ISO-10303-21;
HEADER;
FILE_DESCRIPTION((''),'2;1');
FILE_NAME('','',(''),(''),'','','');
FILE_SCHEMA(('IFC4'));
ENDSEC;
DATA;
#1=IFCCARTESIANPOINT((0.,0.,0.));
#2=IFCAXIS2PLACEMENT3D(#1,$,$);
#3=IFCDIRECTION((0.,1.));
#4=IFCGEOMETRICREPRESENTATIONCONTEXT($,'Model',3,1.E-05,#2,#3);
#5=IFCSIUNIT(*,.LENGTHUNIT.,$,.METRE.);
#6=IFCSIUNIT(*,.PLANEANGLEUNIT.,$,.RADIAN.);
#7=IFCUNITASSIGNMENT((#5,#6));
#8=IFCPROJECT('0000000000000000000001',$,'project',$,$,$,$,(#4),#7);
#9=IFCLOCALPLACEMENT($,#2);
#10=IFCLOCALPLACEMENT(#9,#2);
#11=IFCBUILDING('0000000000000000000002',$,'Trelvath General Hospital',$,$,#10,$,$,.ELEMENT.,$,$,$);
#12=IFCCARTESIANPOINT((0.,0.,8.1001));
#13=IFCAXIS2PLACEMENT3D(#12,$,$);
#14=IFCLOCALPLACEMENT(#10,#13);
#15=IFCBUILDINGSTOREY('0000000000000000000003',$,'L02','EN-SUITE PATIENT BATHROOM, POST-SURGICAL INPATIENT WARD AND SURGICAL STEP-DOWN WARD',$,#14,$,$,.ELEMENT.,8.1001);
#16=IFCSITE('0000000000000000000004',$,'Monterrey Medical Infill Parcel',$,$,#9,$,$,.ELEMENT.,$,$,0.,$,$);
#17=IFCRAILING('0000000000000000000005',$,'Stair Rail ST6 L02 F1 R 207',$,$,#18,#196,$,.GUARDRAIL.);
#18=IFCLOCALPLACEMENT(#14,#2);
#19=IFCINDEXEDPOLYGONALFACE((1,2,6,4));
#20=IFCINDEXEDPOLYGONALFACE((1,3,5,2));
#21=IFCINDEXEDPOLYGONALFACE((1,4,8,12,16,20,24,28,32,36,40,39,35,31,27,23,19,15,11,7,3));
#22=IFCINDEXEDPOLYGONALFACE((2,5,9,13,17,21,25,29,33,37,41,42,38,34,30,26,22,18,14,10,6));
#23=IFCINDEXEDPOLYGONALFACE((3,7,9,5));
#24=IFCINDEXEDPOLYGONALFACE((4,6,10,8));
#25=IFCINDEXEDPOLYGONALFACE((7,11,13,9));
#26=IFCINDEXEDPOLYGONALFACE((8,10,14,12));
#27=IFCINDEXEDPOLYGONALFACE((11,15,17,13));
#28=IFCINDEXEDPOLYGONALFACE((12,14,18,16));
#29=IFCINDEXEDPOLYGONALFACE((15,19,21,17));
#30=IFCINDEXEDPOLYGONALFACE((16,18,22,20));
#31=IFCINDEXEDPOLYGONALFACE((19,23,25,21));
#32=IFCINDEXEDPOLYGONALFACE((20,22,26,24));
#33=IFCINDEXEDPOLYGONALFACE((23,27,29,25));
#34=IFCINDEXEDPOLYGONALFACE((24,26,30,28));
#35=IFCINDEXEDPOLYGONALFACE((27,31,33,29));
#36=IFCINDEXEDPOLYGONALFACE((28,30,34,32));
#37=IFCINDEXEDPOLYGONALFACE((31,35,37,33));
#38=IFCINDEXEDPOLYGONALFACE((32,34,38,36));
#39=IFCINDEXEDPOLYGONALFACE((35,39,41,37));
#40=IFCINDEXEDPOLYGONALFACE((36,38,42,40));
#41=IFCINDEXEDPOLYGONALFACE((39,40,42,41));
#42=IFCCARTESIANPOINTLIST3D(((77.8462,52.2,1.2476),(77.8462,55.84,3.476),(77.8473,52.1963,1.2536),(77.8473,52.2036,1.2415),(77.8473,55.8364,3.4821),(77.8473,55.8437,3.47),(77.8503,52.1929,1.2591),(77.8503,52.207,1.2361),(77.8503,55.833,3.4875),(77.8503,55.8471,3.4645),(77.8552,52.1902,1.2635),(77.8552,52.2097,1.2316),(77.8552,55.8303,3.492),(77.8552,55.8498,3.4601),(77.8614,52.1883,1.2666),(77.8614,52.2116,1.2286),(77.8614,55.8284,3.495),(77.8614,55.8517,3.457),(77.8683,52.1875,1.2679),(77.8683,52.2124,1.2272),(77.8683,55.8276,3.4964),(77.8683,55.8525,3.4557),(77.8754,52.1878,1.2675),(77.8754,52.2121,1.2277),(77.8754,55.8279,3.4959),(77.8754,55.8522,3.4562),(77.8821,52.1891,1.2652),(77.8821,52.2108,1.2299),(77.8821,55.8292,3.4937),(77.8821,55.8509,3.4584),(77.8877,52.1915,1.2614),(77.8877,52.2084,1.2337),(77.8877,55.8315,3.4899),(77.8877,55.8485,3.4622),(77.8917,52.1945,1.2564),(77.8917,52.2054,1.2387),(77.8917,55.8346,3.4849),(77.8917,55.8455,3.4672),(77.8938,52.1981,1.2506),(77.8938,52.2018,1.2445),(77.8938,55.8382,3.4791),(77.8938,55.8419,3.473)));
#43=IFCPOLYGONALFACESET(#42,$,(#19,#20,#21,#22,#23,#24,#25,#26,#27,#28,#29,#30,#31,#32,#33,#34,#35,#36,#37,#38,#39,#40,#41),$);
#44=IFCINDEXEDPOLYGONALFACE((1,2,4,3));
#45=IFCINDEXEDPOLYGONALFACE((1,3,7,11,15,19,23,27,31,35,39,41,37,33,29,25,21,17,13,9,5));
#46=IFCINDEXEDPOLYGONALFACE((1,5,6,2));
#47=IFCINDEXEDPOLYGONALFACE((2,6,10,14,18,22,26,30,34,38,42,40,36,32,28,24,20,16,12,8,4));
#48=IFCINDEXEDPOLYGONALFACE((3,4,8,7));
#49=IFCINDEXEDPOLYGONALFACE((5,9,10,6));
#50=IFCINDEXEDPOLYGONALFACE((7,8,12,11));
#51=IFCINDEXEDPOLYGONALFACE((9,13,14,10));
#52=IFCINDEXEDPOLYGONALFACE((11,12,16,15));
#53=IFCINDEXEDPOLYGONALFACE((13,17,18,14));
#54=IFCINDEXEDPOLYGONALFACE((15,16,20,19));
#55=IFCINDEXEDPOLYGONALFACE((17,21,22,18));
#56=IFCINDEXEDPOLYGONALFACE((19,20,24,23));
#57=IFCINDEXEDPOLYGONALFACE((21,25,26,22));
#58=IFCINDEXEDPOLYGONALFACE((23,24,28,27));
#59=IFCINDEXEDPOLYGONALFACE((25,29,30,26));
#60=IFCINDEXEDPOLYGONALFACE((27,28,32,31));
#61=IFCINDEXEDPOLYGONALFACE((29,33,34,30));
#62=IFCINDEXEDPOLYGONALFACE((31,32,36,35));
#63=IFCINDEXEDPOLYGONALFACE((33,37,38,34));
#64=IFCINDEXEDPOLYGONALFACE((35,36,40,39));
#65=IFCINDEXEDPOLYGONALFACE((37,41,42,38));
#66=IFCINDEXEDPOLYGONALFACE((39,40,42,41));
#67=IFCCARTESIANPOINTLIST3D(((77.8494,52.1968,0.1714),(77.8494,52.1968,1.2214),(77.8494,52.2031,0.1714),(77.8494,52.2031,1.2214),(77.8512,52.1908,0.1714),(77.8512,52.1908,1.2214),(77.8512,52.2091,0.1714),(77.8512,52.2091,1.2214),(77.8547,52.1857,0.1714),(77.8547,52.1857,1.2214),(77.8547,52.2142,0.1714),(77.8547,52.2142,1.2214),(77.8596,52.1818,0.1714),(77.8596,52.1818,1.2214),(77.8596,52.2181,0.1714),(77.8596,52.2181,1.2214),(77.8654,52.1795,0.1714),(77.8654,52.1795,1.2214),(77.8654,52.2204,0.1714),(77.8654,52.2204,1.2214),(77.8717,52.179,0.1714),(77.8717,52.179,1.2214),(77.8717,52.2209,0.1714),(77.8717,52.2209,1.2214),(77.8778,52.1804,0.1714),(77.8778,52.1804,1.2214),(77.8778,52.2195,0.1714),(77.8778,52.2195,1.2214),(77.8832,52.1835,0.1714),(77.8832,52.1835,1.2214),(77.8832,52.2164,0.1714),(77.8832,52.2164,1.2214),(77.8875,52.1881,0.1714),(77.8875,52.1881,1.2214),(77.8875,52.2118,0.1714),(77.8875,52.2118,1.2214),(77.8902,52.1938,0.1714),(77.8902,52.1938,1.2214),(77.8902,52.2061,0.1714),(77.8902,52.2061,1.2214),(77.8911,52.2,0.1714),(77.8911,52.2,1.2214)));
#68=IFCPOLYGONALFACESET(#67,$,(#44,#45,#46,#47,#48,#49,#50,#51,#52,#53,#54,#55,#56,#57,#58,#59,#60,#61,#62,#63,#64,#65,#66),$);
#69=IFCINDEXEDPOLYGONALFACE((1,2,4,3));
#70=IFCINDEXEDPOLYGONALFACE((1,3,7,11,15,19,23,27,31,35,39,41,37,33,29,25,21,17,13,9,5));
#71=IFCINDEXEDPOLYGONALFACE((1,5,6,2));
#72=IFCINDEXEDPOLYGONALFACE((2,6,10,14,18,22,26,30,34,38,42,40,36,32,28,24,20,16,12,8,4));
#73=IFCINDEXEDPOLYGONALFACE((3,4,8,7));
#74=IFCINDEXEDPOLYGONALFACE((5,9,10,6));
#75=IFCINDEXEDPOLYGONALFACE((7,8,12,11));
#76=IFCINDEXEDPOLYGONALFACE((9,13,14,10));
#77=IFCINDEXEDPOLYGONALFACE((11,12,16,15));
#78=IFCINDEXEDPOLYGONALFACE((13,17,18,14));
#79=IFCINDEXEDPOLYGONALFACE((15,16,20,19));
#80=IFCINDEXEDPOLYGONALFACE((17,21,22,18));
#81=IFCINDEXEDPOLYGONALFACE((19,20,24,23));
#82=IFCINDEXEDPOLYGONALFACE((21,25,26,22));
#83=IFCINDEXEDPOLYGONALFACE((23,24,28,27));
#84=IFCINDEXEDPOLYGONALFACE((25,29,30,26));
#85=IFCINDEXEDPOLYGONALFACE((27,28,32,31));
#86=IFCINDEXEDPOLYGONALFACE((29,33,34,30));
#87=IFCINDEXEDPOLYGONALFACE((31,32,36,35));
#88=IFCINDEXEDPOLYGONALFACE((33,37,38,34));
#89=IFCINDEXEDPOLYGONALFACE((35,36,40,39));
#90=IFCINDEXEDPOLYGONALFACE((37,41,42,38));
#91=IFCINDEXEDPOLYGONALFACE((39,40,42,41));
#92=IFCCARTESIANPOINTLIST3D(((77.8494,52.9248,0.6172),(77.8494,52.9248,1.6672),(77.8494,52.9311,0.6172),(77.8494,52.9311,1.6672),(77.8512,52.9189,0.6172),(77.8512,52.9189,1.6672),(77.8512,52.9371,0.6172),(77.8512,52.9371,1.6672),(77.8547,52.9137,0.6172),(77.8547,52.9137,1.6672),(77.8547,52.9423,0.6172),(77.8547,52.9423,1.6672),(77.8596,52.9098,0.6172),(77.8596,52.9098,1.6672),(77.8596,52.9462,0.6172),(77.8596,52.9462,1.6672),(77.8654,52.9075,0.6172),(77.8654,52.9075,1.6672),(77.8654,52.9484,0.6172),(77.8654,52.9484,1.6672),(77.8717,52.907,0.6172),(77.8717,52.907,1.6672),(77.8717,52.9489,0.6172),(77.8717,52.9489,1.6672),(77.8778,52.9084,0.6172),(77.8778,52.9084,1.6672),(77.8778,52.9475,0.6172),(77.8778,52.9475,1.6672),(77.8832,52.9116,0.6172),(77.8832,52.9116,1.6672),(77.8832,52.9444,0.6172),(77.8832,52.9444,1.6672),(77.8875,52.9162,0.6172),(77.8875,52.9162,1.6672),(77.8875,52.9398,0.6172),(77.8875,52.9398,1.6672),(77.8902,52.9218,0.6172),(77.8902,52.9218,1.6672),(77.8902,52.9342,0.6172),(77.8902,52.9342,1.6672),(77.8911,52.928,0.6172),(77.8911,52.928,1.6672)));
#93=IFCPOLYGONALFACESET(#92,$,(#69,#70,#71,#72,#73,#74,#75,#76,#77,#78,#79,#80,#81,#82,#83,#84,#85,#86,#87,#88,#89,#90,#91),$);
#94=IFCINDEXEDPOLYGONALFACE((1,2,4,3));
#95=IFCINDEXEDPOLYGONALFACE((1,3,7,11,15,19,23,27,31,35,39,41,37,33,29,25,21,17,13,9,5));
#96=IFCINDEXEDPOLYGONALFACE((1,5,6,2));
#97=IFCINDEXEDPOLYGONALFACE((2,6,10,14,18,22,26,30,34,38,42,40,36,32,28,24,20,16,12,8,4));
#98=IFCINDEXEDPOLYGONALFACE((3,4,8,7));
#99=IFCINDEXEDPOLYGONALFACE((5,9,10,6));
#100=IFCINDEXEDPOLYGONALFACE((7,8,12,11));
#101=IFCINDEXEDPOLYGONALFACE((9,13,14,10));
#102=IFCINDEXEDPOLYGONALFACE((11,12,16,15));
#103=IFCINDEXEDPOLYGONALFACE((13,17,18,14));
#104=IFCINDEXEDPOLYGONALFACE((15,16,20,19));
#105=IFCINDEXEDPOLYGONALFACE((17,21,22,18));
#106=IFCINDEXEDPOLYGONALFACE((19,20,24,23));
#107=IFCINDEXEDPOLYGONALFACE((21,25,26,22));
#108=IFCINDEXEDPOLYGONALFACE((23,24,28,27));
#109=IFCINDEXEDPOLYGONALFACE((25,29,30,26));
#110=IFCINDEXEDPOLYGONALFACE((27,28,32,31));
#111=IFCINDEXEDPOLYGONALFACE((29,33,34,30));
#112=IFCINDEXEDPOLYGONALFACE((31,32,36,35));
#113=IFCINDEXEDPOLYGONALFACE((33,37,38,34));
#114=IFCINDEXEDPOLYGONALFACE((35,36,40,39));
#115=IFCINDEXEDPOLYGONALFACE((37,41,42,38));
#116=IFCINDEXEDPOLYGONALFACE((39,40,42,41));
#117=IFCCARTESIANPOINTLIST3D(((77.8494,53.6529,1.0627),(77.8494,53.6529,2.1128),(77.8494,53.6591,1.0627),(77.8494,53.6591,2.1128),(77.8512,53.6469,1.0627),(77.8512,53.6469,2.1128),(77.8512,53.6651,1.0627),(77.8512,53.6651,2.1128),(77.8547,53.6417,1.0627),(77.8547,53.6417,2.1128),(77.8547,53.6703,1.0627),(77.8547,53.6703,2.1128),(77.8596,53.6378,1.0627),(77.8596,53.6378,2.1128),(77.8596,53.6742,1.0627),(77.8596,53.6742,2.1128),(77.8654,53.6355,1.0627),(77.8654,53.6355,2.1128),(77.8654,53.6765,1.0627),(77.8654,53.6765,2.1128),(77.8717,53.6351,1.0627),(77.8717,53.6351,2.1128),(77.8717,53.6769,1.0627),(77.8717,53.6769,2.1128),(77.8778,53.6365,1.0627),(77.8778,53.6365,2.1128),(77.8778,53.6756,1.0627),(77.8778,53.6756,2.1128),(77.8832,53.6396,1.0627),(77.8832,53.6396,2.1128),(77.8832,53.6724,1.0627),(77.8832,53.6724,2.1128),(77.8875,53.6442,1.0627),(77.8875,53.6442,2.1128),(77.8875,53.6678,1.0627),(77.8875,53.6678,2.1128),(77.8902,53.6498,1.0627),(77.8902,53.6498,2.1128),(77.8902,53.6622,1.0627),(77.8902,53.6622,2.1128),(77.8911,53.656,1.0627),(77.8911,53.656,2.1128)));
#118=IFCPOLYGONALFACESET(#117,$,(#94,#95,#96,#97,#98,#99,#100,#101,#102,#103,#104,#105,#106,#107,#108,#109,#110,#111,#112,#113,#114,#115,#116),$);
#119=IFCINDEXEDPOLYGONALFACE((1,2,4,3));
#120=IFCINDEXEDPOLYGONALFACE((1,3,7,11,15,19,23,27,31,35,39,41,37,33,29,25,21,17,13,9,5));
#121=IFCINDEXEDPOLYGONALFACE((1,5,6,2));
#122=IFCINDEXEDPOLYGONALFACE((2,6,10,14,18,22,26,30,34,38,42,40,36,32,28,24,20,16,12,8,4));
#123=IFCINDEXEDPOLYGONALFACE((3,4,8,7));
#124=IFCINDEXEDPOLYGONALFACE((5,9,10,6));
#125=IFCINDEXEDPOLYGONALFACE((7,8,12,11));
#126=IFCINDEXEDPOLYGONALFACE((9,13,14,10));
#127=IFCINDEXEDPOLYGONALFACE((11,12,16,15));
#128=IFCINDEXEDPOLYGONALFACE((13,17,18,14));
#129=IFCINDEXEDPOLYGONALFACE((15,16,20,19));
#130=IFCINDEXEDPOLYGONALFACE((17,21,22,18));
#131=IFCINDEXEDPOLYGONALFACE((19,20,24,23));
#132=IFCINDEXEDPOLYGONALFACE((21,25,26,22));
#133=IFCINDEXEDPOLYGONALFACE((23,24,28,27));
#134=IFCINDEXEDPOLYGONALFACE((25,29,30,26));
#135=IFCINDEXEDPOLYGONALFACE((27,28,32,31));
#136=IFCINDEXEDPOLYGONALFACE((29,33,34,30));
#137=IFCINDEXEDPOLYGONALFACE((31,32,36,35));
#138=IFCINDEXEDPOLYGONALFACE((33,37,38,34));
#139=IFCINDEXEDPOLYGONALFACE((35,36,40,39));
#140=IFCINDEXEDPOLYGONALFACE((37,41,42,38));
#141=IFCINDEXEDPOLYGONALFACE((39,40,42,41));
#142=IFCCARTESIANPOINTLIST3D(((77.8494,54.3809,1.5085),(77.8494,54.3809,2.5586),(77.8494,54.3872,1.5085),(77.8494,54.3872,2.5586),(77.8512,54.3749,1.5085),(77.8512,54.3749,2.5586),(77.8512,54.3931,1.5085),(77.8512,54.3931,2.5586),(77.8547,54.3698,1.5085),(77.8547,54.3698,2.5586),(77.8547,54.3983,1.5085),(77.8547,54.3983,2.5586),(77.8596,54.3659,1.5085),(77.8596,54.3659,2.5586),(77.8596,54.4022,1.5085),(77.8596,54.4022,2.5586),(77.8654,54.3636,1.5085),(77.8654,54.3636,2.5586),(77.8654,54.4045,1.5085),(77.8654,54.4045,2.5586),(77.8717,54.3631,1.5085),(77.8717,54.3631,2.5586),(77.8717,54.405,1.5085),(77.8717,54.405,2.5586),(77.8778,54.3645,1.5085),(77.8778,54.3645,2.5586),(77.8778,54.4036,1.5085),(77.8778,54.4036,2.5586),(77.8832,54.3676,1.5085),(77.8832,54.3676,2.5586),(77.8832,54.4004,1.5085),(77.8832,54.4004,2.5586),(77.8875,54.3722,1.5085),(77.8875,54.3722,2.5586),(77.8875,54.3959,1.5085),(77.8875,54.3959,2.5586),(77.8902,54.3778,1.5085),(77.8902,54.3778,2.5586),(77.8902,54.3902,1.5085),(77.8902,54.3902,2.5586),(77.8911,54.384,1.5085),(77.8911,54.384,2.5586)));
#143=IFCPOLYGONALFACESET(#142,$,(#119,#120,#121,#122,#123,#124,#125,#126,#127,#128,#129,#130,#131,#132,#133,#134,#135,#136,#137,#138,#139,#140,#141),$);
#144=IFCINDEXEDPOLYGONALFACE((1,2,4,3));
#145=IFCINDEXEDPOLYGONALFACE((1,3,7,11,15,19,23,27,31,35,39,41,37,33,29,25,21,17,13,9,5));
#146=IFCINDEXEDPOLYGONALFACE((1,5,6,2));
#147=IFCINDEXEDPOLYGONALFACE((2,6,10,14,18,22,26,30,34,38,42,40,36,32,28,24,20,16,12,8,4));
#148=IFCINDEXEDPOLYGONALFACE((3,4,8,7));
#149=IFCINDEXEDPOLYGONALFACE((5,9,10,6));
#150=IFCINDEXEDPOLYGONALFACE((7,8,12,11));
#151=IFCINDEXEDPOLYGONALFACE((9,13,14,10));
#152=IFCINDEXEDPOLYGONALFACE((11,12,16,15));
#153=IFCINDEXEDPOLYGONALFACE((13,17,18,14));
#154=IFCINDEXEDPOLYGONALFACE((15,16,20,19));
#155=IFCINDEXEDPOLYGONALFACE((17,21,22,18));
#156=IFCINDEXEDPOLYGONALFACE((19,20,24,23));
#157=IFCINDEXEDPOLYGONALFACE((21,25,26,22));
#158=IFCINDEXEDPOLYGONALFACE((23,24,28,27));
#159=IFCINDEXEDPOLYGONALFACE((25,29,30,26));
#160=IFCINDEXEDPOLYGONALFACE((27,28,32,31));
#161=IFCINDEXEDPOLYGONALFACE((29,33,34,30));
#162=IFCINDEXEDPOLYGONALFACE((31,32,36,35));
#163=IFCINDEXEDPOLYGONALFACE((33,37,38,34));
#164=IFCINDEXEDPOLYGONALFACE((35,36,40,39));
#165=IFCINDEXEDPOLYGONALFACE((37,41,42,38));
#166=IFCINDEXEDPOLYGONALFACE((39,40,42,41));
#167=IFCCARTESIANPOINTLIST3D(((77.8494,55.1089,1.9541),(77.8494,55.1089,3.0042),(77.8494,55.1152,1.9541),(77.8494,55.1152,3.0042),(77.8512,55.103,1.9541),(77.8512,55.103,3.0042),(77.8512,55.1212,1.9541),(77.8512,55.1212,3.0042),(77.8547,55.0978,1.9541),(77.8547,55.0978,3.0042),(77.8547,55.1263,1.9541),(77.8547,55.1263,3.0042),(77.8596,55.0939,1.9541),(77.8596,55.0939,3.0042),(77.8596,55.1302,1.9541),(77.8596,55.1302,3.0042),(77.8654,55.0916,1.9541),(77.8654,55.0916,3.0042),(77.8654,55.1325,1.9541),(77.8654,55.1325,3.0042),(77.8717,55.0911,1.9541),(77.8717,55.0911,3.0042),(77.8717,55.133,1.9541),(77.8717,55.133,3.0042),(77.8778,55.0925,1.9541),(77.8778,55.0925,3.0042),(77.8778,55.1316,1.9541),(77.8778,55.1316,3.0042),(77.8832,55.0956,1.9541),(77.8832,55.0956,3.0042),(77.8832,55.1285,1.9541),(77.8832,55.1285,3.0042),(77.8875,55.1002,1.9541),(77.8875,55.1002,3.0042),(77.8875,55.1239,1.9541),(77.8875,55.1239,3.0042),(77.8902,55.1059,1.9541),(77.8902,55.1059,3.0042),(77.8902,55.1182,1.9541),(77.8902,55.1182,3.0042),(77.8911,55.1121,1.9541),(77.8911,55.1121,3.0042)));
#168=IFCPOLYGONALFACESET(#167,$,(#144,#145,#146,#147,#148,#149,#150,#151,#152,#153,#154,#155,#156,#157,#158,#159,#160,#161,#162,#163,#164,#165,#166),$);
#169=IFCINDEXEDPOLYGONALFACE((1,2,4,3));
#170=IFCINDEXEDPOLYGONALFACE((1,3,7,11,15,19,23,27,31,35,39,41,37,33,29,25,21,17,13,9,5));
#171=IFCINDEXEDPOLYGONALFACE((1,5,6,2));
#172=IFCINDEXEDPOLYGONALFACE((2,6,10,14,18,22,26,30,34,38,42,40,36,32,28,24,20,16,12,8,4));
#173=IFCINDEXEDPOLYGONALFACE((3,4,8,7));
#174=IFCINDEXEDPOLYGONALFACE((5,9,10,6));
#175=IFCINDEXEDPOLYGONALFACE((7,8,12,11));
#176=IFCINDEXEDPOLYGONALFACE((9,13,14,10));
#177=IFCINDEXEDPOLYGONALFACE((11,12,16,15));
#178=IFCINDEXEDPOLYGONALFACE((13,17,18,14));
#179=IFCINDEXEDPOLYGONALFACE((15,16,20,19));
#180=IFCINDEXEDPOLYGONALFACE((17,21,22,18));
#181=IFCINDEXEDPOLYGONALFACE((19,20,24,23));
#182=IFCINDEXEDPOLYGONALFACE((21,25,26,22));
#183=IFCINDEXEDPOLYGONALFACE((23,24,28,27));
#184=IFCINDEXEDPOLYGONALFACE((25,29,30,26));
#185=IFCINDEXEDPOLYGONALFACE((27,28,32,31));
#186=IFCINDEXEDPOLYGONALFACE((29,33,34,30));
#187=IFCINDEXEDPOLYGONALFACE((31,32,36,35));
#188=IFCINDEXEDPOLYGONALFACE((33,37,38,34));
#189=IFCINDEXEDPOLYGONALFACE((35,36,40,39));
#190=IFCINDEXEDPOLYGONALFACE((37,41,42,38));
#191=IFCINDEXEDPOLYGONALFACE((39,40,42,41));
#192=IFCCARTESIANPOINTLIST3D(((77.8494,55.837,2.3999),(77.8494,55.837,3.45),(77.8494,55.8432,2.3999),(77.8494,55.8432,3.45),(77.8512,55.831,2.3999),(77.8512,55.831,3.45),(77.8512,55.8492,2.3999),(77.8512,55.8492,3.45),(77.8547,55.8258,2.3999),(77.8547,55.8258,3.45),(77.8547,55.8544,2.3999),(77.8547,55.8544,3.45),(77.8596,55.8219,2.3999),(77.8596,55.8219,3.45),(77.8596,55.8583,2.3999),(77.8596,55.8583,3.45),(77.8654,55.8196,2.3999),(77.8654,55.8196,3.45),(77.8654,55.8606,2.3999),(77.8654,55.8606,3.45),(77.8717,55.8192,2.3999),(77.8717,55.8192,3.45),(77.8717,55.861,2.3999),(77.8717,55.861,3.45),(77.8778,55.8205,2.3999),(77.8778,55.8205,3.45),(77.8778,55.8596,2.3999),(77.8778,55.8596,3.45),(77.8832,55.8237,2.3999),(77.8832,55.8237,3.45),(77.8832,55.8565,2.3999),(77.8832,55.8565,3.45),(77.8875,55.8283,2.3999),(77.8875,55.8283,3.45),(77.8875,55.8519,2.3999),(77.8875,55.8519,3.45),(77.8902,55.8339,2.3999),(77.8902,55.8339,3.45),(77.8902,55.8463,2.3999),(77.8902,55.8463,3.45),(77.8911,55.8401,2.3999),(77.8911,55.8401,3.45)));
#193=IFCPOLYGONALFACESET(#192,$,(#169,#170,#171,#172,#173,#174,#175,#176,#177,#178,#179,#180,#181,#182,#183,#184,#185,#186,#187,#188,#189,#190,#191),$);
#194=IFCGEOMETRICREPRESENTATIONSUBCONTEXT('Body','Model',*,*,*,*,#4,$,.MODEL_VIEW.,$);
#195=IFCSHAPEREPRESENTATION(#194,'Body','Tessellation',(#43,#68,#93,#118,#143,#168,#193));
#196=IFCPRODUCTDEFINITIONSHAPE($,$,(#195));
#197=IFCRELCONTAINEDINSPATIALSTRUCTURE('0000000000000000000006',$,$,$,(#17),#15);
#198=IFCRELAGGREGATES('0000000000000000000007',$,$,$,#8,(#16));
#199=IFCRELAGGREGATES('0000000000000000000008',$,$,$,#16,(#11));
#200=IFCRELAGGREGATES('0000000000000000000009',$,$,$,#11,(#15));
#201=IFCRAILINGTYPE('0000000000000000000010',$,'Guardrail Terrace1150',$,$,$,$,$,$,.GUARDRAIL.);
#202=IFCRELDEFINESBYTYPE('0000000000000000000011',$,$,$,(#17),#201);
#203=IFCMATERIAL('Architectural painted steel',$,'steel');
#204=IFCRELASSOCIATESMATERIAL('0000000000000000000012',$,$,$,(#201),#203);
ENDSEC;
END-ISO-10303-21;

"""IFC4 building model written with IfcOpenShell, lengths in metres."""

from ifc_helpers import new_model, si_unit, direction, frame, origin, origin_2d, place, context, subcontext, project, spatial, circle, extrude, material, type_object, element, save


model = new_model("IFC4")

# Units and contexts
model_context = context("Model", 3, precision=1e-05, world=origin(), true_north=direction((0.0, 1.0)))
body_context = subcontext(model_context, "Body", "Model", "MODEL_VIEW")
ifc_project = project(units=[si_unit("LENGTHUNIT", "METRE"), si_unit("PLANEANGLEUNIT", "RADIAN")], contexts=[model_context])

# Site, building, storey
site_placement = place(None, origin())
site = spatial("IfcSite", under=ifc_project, at=site_placement, Name="Monterrey Medical Infill Parcel", CompositionType="ELEMENT", RefElevation=0.0)
building_placement = place(site_placement, origin())
building = spatial("IfcBuilding", under=site, at=building_placement, Name="Trelvath General Hospital", CompositionType="ELEMENT")
storey_placement = place(building_placement, frame((0.0, 0.0, 8.1001)))
storey = spatial("IfcBuildingStorey", under=building, at=storey_placement, Name="L02", Description="EN-SUITE PATIENT BATHROOM, POST-SURGICAL INPATIENT WARD AND SURGICAL STEP-DOWN WARD", CompositionType="ELEMENT", Elevation=8.1001)

# Railing
ifc_material_1 = material(Name="Architectural painted steel", Category="steel")
railing_type_1 = type_object("IfcRailingType", Name="Guardrail Terrace1150", PredefinedType="GUARDRAIL", material=ifc_material_1)
railing_1_placement = place(storey_placement, frame((77.8701, 52.2, 0.1714)))
element("IfcRailing", 1, at=railing_1_placement, inside=storey, type_object=railing_type_1, Name="Stair Rail ST6 L02 F1 R 207", PredefinedType="GUARDRAIL", context=body_context, shape_type="SweptSolid", body=[
    extrude(circle(Radius=0.0239, at=origin_2d()), frame((0.0, 0.0, 1.0762), z_axis=(0.0, 0.852866, 0.52213), x_axis=(-1.0, 0.0, 0.0)), (0.0, 0.0, 1.0), 4.2681),
    extrude(circle(Radius=0.021, at=origin_2d()), origin(), (0.0, 0.0, 1.0), 1.05),
    extrude(circle(Radius=0.021, at=origin_2d()), frame((0.0, 0.728, 0.4458)), (0.0, 0.0, 1.0), 1.05),
    extrude(circle(Radius=0.021, at=origin_2d()), frame((0.0, 1.4561, 0.8914)), (0.0, 0.0, 1.0), 1.05),
    extrude(circle(Radius=0.021, at=origin_2d()), frame((0.0, 2.1841, 1.3372)), (0.0, 0.0, 1.0), 1.05),
    extrude(circle(Radius=0.021, at=origin_2d()), frame((0.0, 2.9121, 1.7827)), (0.0, 0.0, 1.0), 1.05),
    extrude(circle(Radius=0.021, at=origin_2d()), frame((0.0, 3.6401, 2.2285)), (0.0, 0.0, 1.0), 1.05),
])

save(model, "model.ifc")
